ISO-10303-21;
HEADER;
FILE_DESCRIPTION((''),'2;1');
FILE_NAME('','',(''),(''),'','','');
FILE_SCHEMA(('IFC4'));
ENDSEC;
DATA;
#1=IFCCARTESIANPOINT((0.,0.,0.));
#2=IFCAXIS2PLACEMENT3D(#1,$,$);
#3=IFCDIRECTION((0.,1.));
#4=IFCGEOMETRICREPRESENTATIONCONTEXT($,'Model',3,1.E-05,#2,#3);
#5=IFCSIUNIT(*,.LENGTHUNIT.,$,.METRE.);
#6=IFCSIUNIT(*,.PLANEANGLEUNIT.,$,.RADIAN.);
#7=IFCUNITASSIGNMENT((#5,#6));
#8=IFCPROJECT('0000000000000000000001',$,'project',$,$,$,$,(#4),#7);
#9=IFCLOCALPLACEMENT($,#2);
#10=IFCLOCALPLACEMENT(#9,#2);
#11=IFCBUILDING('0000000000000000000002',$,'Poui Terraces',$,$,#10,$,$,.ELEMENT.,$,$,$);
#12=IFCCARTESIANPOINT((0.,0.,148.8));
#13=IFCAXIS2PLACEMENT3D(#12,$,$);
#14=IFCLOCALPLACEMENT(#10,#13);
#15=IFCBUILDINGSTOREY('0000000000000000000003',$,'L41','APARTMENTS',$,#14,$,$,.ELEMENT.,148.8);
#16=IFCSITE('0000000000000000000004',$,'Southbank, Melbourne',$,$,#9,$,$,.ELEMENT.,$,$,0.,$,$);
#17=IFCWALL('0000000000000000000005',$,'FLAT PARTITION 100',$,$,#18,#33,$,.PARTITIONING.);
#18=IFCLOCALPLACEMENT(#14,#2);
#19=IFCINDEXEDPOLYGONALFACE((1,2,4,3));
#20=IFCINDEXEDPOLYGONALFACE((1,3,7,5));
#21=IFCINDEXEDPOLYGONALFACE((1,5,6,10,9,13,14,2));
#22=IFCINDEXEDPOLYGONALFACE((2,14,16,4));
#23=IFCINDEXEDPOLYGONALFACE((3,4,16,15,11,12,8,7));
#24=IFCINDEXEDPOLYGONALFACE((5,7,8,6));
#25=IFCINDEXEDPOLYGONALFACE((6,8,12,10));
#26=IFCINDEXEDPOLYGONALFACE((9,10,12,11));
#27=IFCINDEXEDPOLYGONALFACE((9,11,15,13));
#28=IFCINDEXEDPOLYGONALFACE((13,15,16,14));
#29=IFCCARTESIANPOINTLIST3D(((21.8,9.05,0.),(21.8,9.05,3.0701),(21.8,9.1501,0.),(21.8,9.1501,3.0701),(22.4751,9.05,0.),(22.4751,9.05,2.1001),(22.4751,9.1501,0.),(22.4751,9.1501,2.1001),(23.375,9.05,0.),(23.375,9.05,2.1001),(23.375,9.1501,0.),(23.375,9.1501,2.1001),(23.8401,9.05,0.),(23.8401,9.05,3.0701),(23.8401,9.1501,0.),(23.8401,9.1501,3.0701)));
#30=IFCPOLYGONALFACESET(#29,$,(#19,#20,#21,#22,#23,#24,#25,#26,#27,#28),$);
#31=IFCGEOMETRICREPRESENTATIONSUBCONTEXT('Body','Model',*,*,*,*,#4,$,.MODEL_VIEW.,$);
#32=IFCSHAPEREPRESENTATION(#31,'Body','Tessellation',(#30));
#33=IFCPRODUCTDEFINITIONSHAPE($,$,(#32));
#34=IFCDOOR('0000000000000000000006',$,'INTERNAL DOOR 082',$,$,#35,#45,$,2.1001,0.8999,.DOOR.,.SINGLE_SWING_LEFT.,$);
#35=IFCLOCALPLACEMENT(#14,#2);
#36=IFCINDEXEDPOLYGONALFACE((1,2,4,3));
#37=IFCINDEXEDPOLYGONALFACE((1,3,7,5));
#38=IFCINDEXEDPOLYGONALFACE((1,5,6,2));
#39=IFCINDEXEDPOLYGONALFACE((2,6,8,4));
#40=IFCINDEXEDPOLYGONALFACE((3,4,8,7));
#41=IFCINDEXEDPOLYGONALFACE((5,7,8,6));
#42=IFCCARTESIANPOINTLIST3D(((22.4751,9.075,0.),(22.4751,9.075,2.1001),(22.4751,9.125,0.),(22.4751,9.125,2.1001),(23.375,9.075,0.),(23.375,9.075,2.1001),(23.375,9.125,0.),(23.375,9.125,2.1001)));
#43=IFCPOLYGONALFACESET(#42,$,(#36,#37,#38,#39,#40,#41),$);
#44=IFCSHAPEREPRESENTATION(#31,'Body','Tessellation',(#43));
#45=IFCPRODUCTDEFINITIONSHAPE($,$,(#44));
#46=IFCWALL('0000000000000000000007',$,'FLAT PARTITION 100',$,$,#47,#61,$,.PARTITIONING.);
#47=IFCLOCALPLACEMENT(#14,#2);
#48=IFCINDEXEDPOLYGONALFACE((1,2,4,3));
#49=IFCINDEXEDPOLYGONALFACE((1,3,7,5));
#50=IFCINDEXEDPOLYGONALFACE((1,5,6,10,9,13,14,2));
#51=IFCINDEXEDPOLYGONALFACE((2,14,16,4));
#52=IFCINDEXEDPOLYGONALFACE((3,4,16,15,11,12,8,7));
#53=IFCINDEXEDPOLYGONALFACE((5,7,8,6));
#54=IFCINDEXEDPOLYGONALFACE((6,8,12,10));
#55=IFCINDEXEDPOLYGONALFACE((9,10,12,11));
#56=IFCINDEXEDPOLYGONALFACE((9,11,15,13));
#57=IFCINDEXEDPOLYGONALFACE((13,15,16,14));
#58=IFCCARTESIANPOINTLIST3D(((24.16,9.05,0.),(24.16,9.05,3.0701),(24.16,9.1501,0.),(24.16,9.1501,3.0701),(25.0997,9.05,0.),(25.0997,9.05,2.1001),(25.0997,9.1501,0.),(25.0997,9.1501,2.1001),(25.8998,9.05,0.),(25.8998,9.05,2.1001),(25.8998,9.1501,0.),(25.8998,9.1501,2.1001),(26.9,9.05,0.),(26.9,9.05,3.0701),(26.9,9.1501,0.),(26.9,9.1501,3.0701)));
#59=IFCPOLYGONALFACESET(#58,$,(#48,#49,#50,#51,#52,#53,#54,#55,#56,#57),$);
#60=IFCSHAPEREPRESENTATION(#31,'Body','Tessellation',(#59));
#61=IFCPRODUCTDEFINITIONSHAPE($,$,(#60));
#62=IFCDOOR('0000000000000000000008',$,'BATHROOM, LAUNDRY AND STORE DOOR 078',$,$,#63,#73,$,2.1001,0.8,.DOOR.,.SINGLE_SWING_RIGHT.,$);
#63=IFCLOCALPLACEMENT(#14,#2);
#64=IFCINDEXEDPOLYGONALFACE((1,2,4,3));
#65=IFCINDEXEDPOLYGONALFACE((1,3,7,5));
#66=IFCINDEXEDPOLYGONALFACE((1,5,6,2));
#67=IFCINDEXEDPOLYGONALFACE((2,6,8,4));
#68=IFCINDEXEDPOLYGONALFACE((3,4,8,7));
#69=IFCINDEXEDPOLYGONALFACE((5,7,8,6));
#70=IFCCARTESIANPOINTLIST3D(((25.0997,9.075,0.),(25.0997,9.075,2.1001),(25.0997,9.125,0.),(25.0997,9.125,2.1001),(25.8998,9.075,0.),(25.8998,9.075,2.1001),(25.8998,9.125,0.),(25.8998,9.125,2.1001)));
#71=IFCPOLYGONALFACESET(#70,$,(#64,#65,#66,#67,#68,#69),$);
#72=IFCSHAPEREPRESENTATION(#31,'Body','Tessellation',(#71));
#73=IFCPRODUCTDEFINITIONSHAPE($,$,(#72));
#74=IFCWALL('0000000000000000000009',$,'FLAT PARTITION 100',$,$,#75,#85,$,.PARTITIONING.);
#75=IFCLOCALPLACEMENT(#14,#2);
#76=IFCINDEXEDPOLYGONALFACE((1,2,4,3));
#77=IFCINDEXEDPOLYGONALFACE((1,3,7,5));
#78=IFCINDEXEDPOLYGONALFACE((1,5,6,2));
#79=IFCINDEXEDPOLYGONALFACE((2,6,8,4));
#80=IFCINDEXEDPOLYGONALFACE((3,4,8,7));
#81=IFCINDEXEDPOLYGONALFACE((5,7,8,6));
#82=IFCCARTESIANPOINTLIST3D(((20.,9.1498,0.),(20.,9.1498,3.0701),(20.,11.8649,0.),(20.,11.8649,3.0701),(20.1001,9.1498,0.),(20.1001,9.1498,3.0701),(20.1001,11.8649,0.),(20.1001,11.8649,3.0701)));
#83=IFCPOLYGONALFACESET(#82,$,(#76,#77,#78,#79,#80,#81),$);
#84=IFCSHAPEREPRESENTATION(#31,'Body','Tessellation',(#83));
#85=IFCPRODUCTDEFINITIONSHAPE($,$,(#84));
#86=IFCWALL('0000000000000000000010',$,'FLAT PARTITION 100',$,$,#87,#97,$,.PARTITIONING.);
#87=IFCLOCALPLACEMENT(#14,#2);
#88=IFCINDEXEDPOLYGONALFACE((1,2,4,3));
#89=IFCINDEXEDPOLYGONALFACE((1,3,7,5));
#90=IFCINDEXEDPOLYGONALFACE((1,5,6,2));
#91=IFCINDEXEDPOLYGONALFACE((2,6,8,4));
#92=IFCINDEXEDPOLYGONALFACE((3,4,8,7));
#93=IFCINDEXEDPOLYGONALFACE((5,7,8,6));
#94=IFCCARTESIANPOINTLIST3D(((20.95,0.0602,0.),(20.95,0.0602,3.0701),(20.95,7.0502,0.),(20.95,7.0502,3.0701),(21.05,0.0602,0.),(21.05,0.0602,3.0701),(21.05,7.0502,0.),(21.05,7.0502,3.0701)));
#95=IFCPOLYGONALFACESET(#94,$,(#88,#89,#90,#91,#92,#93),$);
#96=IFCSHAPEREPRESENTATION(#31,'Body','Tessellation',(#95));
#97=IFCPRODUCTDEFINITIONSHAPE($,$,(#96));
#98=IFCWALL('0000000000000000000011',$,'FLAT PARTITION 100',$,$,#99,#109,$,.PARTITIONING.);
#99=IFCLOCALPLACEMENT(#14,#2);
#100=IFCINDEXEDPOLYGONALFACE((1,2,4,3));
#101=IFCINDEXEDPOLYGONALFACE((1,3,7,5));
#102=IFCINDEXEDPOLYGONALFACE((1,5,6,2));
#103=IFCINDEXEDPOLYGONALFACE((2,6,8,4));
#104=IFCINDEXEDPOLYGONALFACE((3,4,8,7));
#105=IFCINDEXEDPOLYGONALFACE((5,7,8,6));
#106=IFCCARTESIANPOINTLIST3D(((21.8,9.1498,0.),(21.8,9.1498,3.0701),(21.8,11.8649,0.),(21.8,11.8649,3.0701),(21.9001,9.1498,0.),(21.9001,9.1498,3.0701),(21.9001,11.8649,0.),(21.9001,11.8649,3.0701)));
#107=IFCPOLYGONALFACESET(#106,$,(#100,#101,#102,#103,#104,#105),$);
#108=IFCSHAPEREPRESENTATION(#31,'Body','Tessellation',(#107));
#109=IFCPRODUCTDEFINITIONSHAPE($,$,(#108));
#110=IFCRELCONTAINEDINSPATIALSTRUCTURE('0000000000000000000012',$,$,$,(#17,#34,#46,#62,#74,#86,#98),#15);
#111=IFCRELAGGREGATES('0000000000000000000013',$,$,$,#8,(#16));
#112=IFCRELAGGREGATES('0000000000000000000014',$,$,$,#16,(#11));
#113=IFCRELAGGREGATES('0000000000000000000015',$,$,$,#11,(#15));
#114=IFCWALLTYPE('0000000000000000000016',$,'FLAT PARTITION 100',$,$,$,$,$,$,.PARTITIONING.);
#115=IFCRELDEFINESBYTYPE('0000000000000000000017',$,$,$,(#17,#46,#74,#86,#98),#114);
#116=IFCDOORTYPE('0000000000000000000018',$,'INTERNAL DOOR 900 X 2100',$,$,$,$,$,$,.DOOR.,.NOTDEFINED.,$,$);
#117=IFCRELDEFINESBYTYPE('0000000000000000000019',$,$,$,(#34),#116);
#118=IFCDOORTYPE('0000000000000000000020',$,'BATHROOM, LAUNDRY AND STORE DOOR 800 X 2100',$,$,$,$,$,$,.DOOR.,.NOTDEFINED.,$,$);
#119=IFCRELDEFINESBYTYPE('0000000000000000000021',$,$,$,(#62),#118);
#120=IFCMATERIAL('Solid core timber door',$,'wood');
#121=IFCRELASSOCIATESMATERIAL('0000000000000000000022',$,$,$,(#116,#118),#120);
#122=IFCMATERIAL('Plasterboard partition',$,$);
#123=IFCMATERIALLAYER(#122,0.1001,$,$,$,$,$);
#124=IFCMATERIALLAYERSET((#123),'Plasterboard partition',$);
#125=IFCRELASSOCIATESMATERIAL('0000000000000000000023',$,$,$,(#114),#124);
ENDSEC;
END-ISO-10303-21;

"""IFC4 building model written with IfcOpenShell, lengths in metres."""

from ifc_helpers import new_model, si_unit, direction, frame, frame_2d, origin, place, context, subcontext, project, spatial, rectangle, extrude, material, layer, layer_set, type_object, element, fill, save


model = new_model("IFC4")

# Units and contexts
model_context = context("Model", 3, precision=1e-05, world=origin(), true_north=direction((0.0, 1.0)))
body_context = subcontext(model_context, "Body", "Model", "MODEL_VIEW")
ifc_project = project(units=[si_unit("LENGTHUNIT", "METRE"), si_unit("PLANEANGLEUNIT", "RADIAN")], contexts=[model_context])

# Site, building, storey
site_placement = place(None, origin())
site = spatial("IfcSite", under=ifc_project, at=site_placement, Name="Southbank, Melbourne", CompositionType="ELEMENT", RefElevation=0.0)
building_placement = place(site_placement, origin())
building = spatial("IfcBuilding", under=site, at=building_placement, Name="Poui Terraces", CompositionType="ELEMENT")
storey_placement = place(building_placement, frame((0.0, 0.0, 148.8)))
storey = spatial("IfcBuildingStorey", under=building, at=storey_placement, Name="L41", Description="APARTMENTS", CompositionType="ELEMENT", Elevation=148.8)

# Walls, openings, doors
ifc_material_1 = material(Name="Solid core timber door", Category="wood")
door_type_1 = type_object("IfcDoorType", Name="INTERNAL DOOR 900 X 2100", OperationType="NOTDEFINED", PredefinedType="DOOR", material=ifc_material_1)
ifc_material_2 = material(Name="Plasterboard partition")
ifc_layer_1 = layer(ifc_material_2, 0.1001)
ifc_layer_set_1 = layer_set([ifc_layer_1], Name="Plasterboard partition")
wall_type_1 = type_object("IfcWallType", Name="FLAT PARTITION 100", PredefinedType="PARTITIONING", material=ifc_layer_set_1)
door_type_2 = type_object("IfcDoorType", Name="BATHROOM, LAUNDRY AND STORE DOOR 800 X 2100", OperationType="NOTDEFINED", PredefinedType="DOOR", material=ifc_material_1)
wall_1_placement = place(storey_placement, frame((21.8, 9.1001, 0.0), z_axis=(0.0, 0.0, 1.0), x_axis=(1.0, 0.0, 0.0)))
wall_1 = element("IfcWall", 1, at=wall_1_placement, inside=storey, type_object=wall_type_1, Name="FLAT PARTITION 100", PredefinedType="PARTITIONING", context=body_context, shape_type="SweptSolid", body=[
    extrude(rectangle(XDim=2.04, YDim=0.1001, at=frame_2d((1.02, 0.0))), origin(), (0.0, 0.0, 1.0), 3.0701),
])
opening_1_placement = place(wall_1_placement, frame((0.675, 0.0, 0.0)))
opening_1 = element("IfcOpeningElement", 2, at=opening_1_placement, cuts=wall_1, PredefinedType="OPENING", context=body_context, shape_type="SweptSolid", body=[
    extrude(rectangle(XDim=0.8999, YDim=2.1001, at=frame_2d((0.45, 1.05))), frame((0.0, 0.0601, 0.0), z_axis=(0.0, -1.0, 0.0), x_axis=(1.0, 0.0, 0.0)), (0.0, 0.0, 1.0), 0.1201),
])
door_1_placement = place(opening_1_placement, origin())
door_1 = element("IfcDoor", 3, at=door_1_placement, inside=storey, type_object=door_type_1, Name="INTERNAL DOOR 082", OperationType="SINGLE_SWING_LEFT", OverallHeight=2.1001, OverallWidth=0.8999, PredefinedType="DOOR", context=body_context, shape_type="SweptSolid", body=[
    extrude(rectangle(XDim=0.8999, YDim=2.1001, at=frame_2d((0.45, 1.05))), frame((0.0, 0.0249, 0.0), z_axis=(0.0, -1.0, 0.0), x_axis=(1.0, 0.0, 0.0)), (0.0, 0.0, 1.0), 0.05),
])
fill(opening_1, door_1)
wall_2_placement = place(storey_placement, frame((24.1599, 9.1001, 0.0), z_axis=(0.0, 0.0, 1.0), x_axis=(1.0, 0.0, 0.0)))
wall_2 = element("IfcWall", 4, at=wall_2_placement, inside=storey, type_object=wall_type_1, Name="FLAT PARTITION 100", PredefinedType="PARTITIONING", context=body_context, shape_type="SweptSolid", body=[
    extrude(rectangle(XDim=2.74, YDim=0.1001, at=frame_2d((1.3701, 0.0))), origin(), (0.0, 0.0, 1.0), 3.0701),
])
opening_2_placement = place(wall_2_placement, frame((0.9399, 0.0, 0.0)))
opening_2 = element("IfcOpeningElement", 5, at=opening_2_placement, cuts=wall_2, PredefinedType="OPENING", context=body_context, shape_type="SweptSolid", body=[
    extrude(rectangle(XDim=0.8, YDim=2.1001, at=frame_2d((0.3999, 1.05))), frame((0.0, 0.0601, 0.0), z_axis=(0.0, -1.0, 0.0), x_axis=(1.0, 0.0, 0.0)), (0.0, 0.0, 1.0), 0.1201),
])
door_2_placement = place(opening_2_placement, origin())
door_2 = element("IfcDoor", 6, at=door_2_placement, inside=storey, type_object=door_type_2, Name="BATHROOM, LAUNDRY AND STORE DOOR 078", OperationType="SINGLE_SWING_RIGHT", OverallHeight=2.1001, OverallWidth=0.8, PredefinedType="DOOR", context=body_context, shape_type="SweptSolid", body=[
    extrude(rectangle(XDim=0.8, YDim=2.1001, at=frame_2d((0.3999, 1.05))), frame((0.0, 0.0249, 0.0), z_axis=(0.0, -1.0, 0.0), x_axis=(1.0, 0.0, 0.0)), (0.0, 0.0, 1.0), 0.05),
])
fill(opening_2, door_2)

# Walls
wall_3_placement = place(storey_placement, frame((20.05, 9.1499, 0.0), z_axis=(0.0, 0.0, 1.0), x_axis=(0.0, 1.0, 0.0)))
element("IfcWall", 7, at=wall_3_placement, inside=storey, type_object=wall_type_1, Name="FLAT PARTITION 100", PredefinedType="PARTITIONING", context=body_context, shape_type="SweptSolid", body=[
    extrude(rectangle(XDim=2.7151, YDim=0.1001, at=frame_2d((1.3574, 0.0))), origin(), (0.0, 0.0, 1.0), 3.0701),
])
wall_4_placement = place(storey_placement, frame((21.0, 0.0601, 0.0), z_axis=(0.0, 0.0, 1.0), x_axis=(0.0, 1.0, 0.0)))
element("IfcWall", 8, at=wall_4_placement, inside=storey, type_object=wall_type_1, Name="FLAT PARTITION 100", PredefinedType="PARTITIONING", context=body_context, shape_type="SweptSolid", body=[
    extrude(rectangle(XDim=6.99, YDim=0.1001, at=frame_2d((3.4951, 0.0))), origin(), (0.0, 0.0, 1.0), 3.0701),
])
wall_5_placement = place(storey_placement, frame((21.8501, 9.1499, 0.0), z_axis=(0.0, 0.0, 1.0), x_axis=(0.0, 1.0, 0.0)))
element("IfcWall", 9, at=wall_5_placement, inside=storey, type_object=wall_type_1, Name="FLAT PARTITION 100", PredefinedType="PARTITIONING", context=body_context, shape_type="SweptSolid", body=[
    extrude(rectangle(XDim=2.7151, YDim=0.1001, at=frame_2d((1.3574, 0.0))), origin(), (0.0, 0.0, 1.0), 3.0701),
])

save(model, "model.ifc")
